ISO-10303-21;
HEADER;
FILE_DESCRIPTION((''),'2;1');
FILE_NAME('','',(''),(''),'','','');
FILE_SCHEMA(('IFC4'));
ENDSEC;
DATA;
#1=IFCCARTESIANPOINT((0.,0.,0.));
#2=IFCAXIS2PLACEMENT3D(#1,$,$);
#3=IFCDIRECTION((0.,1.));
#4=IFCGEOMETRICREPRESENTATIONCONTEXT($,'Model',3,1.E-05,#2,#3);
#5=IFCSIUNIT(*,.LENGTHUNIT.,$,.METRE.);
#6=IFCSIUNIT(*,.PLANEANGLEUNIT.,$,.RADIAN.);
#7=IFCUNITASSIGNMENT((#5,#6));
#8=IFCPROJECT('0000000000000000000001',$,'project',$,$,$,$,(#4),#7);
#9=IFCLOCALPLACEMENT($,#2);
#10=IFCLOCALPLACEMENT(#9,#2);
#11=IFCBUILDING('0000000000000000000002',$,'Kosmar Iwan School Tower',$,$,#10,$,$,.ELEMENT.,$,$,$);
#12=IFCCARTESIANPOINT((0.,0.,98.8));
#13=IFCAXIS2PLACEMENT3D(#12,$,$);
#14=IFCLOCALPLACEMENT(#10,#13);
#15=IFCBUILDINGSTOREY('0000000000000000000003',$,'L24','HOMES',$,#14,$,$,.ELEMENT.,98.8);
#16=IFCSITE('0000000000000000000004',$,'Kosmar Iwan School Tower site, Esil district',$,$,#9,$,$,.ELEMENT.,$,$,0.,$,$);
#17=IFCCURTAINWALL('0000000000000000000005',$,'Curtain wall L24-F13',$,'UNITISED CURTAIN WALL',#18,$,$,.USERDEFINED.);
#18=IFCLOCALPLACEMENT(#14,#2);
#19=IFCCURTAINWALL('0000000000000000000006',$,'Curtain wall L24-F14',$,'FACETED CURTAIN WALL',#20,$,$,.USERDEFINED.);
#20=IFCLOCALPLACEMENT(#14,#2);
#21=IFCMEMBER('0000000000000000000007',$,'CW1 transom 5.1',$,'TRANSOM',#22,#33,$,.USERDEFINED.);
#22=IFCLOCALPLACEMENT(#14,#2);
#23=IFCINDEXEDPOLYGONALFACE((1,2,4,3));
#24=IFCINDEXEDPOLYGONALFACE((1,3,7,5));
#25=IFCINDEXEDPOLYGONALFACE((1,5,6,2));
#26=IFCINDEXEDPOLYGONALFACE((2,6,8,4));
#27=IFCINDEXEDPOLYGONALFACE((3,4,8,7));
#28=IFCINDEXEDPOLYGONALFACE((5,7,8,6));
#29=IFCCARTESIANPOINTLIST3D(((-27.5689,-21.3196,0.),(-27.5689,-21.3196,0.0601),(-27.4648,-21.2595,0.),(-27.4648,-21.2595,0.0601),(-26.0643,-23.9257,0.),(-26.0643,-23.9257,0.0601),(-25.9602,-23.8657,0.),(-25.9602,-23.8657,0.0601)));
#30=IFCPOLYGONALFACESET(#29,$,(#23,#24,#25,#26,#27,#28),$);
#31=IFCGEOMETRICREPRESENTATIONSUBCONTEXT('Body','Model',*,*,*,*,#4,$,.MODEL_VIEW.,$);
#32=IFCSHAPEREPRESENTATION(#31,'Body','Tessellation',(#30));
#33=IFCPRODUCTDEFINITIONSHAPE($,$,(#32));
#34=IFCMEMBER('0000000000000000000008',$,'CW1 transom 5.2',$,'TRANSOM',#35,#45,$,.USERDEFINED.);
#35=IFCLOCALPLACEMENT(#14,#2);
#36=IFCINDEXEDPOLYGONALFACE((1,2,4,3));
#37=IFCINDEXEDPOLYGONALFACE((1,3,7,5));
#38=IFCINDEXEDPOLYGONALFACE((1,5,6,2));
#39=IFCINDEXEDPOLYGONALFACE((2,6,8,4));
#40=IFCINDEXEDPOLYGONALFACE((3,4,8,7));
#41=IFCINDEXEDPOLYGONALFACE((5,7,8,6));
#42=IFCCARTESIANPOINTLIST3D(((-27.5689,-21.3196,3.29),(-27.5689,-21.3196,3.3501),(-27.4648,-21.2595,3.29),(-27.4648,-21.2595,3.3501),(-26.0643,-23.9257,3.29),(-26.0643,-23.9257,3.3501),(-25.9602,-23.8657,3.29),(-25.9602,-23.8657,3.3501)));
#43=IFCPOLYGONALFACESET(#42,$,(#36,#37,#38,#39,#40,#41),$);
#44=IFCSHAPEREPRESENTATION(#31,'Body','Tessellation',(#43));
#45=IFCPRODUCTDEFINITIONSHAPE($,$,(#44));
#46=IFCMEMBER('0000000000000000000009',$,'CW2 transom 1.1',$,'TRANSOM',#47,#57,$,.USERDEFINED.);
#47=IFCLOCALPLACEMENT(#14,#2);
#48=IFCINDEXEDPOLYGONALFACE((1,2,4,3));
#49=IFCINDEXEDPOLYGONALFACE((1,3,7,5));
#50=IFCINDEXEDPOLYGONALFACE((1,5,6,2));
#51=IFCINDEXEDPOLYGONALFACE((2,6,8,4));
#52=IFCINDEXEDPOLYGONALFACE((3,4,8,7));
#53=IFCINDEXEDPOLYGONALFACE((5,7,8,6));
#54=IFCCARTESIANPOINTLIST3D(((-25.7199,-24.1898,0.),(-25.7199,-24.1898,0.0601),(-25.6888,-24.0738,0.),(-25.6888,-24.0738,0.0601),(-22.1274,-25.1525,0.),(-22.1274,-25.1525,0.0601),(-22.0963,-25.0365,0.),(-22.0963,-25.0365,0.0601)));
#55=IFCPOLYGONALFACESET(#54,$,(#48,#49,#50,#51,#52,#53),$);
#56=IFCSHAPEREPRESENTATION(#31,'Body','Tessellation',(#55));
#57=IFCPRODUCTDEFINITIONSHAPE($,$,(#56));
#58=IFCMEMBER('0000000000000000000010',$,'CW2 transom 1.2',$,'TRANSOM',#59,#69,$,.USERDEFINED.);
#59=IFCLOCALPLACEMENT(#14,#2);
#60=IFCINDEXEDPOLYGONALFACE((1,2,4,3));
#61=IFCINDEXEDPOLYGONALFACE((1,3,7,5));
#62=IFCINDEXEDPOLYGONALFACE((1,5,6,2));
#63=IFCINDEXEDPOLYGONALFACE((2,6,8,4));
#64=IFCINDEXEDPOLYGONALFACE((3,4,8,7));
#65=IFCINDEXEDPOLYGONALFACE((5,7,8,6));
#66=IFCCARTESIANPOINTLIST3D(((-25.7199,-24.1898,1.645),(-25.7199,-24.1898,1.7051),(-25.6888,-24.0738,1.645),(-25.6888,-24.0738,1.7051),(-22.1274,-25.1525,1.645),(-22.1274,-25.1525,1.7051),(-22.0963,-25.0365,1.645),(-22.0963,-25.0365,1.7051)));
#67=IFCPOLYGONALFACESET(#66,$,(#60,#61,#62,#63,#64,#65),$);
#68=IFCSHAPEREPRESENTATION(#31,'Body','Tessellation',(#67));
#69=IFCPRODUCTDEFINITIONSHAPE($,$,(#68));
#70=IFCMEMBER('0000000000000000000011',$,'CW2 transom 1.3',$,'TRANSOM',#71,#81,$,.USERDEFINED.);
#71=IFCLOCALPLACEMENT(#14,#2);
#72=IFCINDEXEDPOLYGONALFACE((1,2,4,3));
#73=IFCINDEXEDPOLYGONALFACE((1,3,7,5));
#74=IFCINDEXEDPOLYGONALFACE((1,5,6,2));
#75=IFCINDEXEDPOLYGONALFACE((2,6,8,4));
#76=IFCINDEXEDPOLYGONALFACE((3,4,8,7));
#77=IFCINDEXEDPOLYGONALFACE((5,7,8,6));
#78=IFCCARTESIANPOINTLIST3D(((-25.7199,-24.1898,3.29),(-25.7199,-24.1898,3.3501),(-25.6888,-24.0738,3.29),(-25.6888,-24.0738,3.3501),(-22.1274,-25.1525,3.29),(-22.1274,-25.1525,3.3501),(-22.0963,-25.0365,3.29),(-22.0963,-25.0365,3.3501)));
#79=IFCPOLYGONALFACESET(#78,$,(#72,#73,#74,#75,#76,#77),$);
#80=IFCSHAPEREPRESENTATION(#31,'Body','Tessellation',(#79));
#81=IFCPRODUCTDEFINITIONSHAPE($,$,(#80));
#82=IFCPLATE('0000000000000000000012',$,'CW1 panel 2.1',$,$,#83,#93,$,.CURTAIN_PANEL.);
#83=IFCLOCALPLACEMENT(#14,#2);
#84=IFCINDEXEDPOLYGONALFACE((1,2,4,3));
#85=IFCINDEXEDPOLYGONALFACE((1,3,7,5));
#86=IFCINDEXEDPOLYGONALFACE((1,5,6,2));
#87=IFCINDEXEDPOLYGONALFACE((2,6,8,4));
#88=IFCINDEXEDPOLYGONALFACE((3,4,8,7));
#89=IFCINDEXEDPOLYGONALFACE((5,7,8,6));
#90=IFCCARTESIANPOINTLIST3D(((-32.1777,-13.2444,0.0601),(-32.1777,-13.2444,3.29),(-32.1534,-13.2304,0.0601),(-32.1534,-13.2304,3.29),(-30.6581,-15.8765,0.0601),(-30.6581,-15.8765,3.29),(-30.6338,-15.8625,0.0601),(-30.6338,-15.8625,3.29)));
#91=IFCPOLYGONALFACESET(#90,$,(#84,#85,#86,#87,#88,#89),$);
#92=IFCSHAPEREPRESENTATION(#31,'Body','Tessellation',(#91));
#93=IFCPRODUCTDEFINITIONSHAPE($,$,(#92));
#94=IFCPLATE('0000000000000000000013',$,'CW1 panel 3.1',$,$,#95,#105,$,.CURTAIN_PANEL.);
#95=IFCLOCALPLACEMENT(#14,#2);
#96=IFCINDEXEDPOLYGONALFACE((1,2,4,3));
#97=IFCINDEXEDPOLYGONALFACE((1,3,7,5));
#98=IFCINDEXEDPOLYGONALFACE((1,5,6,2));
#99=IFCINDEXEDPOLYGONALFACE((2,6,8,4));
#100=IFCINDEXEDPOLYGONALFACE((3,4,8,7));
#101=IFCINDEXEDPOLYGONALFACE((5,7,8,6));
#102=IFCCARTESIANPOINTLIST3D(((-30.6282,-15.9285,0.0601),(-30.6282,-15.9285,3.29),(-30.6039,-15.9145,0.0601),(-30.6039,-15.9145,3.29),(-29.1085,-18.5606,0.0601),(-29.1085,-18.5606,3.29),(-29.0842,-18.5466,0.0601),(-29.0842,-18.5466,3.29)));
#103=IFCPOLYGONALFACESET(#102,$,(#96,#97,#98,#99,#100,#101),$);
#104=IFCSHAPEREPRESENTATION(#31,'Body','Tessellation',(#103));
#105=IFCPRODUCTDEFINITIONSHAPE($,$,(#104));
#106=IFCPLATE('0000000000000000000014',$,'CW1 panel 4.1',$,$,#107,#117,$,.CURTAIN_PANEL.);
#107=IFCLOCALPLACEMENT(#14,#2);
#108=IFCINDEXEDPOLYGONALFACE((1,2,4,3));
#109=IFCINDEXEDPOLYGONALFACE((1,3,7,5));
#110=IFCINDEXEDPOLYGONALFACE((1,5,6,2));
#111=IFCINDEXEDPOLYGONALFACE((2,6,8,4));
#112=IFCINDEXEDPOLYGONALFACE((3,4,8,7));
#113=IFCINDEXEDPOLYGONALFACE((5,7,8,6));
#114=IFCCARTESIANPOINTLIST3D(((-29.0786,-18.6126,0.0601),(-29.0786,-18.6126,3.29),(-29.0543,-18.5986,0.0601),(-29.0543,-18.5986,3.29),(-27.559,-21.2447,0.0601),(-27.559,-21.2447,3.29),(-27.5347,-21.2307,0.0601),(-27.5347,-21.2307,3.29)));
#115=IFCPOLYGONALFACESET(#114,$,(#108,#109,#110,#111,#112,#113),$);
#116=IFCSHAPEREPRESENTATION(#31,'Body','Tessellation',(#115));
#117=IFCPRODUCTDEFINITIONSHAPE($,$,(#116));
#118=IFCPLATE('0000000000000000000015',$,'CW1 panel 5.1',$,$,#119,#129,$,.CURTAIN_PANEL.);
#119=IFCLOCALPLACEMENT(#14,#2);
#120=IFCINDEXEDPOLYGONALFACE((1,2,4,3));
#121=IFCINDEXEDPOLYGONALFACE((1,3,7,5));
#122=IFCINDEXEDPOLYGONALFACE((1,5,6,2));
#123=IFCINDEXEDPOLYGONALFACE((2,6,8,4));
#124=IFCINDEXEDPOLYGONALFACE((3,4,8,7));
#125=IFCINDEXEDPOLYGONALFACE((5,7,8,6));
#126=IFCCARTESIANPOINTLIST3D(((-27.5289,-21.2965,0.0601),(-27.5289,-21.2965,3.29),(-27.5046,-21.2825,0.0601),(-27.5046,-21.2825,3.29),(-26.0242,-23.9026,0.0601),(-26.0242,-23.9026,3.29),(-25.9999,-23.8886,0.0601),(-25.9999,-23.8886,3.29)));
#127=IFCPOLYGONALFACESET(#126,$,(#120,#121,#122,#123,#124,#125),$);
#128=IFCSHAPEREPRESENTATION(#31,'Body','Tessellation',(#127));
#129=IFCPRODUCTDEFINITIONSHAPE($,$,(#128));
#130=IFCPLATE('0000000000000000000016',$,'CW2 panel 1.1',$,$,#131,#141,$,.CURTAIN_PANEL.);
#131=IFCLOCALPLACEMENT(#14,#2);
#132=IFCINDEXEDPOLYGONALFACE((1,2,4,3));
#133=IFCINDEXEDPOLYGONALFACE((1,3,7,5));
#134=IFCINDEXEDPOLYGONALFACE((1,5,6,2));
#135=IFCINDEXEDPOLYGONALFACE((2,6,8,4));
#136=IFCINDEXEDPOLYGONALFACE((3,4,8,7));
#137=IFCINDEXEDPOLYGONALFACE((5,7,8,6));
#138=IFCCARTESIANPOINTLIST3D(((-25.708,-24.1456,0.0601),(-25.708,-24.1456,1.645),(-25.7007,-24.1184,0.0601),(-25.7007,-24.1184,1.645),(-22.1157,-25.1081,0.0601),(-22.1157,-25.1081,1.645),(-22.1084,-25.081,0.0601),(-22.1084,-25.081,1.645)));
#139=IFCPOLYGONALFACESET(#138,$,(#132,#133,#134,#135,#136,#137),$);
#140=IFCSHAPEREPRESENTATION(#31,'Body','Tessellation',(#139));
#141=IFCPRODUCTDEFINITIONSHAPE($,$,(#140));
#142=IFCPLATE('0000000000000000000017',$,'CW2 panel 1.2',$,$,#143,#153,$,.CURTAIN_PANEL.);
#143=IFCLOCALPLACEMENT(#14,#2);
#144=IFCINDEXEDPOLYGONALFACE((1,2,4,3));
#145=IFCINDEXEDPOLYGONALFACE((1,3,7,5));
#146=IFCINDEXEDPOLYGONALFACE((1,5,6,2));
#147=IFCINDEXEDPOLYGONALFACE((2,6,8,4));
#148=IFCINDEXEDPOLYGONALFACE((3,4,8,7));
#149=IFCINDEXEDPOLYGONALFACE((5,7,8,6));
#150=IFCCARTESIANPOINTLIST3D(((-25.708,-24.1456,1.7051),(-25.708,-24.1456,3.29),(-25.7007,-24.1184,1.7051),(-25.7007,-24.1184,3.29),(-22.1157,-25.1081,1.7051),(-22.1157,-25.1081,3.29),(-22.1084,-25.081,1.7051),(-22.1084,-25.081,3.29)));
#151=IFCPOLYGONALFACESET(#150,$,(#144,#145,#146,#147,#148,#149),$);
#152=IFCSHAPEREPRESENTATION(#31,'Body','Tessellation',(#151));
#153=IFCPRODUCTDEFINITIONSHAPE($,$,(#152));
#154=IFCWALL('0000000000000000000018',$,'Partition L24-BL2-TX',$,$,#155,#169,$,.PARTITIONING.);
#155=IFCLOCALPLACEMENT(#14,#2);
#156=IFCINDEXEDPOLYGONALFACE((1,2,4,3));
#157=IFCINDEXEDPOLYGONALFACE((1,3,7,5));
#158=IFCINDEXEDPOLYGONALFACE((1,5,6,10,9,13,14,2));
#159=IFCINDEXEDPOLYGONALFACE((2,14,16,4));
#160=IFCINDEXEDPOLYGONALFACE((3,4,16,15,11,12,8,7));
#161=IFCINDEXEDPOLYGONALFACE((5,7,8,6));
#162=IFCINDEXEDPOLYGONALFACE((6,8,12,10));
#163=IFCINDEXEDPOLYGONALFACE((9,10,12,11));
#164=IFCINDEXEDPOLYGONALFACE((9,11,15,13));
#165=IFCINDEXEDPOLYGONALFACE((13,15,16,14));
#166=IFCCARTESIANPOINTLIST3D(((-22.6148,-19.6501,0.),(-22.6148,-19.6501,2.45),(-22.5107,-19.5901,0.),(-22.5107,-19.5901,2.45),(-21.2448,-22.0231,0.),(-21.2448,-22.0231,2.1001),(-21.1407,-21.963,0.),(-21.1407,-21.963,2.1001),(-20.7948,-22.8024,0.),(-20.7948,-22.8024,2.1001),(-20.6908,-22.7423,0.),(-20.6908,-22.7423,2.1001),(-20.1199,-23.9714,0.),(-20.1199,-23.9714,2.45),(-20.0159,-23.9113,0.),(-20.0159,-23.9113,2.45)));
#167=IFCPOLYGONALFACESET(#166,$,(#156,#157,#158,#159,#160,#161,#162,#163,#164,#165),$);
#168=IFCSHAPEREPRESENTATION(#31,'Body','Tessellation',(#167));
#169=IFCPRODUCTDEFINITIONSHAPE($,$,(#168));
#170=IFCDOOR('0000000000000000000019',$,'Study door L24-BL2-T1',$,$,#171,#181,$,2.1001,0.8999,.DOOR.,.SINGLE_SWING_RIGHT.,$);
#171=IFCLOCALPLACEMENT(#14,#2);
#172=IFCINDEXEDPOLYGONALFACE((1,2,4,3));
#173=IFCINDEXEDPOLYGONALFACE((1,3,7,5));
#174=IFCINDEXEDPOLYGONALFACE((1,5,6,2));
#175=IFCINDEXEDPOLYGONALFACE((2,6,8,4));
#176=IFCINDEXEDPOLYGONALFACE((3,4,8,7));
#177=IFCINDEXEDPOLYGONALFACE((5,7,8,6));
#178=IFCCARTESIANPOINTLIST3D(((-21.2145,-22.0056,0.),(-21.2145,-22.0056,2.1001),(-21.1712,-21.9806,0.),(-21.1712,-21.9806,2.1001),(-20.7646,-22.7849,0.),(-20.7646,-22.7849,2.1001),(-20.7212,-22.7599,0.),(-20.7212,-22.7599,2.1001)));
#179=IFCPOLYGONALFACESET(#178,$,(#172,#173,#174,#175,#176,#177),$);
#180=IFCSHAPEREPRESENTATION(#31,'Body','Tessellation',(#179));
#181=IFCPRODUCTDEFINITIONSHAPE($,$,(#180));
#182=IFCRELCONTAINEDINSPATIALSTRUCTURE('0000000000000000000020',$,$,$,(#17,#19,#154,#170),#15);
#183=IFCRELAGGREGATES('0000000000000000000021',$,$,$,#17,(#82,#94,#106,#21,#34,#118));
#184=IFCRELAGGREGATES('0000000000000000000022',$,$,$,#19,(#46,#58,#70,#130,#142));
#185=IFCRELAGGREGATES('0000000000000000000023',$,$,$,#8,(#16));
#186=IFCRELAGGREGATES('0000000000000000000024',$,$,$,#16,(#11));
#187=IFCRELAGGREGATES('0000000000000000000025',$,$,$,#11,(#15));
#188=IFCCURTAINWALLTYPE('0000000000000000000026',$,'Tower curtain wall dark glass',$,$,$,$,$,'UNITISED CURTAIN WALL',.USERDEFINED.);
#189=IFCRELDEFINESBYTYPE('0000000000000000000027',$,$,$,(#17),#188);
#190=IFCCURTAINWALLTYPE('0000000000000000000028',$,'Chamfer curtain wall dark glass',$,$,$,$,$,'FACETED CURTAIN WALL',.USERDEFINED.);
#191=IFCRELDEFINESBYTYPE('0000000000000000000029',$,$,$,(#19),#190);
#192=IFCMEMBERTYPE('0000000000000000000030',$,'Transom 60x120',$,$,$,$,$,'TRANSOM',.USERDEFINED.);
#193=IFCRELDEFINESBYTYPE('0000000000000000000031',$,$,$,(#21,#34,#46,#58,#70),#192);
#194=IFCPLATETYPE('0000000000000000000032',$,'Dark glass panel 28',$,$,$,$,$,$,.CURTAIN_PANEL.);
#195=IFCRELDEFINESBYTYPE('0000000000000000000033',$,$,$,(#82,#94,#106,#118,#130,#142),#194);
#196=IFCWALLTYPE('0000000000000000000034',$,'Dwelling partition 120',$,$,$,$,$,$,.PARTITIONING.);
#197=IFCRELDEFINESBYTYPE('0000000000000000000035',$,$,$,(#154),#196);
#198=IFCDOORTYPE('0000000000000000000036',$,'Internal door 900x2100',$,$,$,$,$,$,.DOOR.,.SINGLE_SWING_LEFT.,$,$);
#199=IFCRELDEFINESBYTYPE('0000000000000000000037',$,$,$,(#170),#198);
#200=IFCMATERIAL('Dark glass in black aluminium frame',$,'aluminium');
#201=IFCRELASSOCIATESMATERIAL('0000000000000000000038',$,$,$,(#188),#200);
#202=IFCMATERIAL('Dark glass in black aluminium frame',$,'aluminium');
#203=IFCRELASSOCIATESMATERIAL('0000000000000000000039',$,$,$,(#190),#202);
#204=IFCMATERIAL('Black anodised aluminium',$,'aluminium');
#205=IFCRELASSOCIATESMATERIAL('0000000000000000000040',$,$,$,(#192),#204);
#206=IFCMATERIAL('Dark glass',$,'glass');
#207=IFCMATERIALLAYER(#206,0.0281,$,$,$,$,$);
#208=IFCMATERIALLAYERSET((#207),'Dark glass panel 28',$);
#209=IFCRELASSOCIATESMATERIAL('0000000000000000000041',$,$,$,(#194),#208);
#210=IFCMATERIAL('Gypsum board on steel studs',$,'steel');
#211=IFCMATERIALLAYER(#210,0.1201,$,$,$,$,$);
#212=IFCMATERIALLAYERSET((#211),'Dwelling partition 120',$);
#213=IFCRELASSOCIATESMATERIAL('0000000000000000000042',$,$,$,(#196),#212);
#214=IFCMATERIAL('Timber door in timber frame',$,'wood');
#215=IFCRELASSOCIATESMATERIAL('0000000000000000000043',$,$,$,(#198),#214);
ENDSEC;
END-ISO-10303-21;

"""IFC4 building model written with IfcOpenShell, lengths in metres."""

from ifc_helpers import new_model, si_unit, direction, frame, frame_2d, origin, origin_2d, place, context, subcontext, project, spatial, rectangle, extrude, material, layer, layer_set, material_profile, profile_set, type_object, element, fill, aggregate, save


model = new_model("IFC4")

# Units and contexts
model_context = context("Model", 3, precision=1e-05, world=origin(), true_north=direction((0.0, 1.0)))
body_context = subcontext(model_context, "Body", "Model", "MODEL_VIEW")
ifc_project = project(units=[si_unit("LENGTHUNIT", "METRE"), si_unit("PLANEANGLEUNIT", "RADIAN")], contexts=[model_context])

# Site, building, storey
site_placement = place(None, origin())
site = spatial("IfcSite", under=ifc_project, at=site_placement, Name="Kosmar Iwan School Tower site, Esil district", CompositionType="ELEMENT", RefElevation=0.0)
building_placement = place(site_placement, origin())
building = spatial("IfcBuilding", under=site, at=building_placement, Name="Kosmar Iwan School Tower", CompositionType="ELEMENT")
storey_placement = place(building_placement, frame((0.0, 0.0, 98.8)))
storey = spatial("IfcBuildingStorey", under=building, at=storey_placement, Name="L24", Description="HOMES", CompositionType="ELEMENT", Elevation=98.8)

# Curtain wall
ifc_material_1 = material(Name="Dark glass in black aluminium frame", Category="aluminium")
curtain_wall_type_1 = type_object("IfcCurtainWallType", Name="Tower curtain wall dark glass", ElementType="UNITISED CURTAIN WALL", PredefinedType="USERDEFINED", material=ifc_material_1)
curtain_wall_1_placement = place(storey_placement, origin())
curtain_wall_1 = element("IfcCurtainWall", 1, at=curtain_wall_1_placement, inside=storey, type_object=curtain_wall_type_1, Name="Curtain wall L24-F13", ObjectType="UNITISED CURTAIN WALL", PredefinedType="USERDEFINED")

# Curtain wall
ifc_material_2 = material(Name="Dark glass in black aluminium frame", Category="aluminium")
curtain_wall_type_2 = type_object("IfcCurtainWallType", Name="Chamfer curtain wall dark glass", ElementType="FACETED CURTAIN WALL", PredefinedType="USERDEFINED", material=ifc_material_2)
curtain_wall_2_placement = place(storey_placement, origin())
curtain_wall_2 = element("IfcCurtainWall", 2, at=curtain_wall_2_placement, inside=storey, type_object=curtain_wall_type_2, Name="Curtain wall L24-F14", ObjectType="FACETED CURTAIN WALL", PredefinedType="USERDEFINED")

# Members
ifc_material_3 = material(Name="Black anodised aluminium", Category="aluminium")
ifc_material_profile_1 = material_profile(ifc_material_3, rectangle(XDim=0.1201, YDim=0.0601, at=origin_2d()), Name="TRANSOM 60x120")
ifc_profile_set_1 = profile_set([ifc_material_profile_1], Name="Black anodised aluminium")
member_type_1 = type_object("IfcMemberType", Name="Transom 60x120", ElementType="TRANSOM", PredefinedType="USERDEFINED", material=ifc_profile_set_1)
member_1_placement = place(storey_placement, frame((-27.5168, -21.2896, 0.03), z_axis=(0.499987, -0.866033, 0.0), x_axis=(0.866033, 0.499987, 0.0)))
member_1 = element("IfcMember", 3, at=member_1_placement, type_object=member_type_1, Name="CW1 transom 5.1", ObjectType="TRANSOM", PredefinedType="USERDEFINED", context=body_context, shape_type="SweptSolid", body=[
    extrude(rectangle(XDim=0.1201, YDim=0.0601, at=origin_2d()), origin(), (0.0, 0.0, 1.0), 3.0093),
])
member_2_placement = place(storey_placement, frame((-27.5168, -21.2896, 3.3201), z_axis=(0.499987, -0.866033, 0.0), x_axis=(0.866033, 0.499987, 0.0)))
member_2 = element("IfcMember", 4, at=member_2_placement, type_object=member_type_1, Name="CW1 transom 5.2", ObjectType="TRANSOM", PredefinedType="USERDEFINED", context=body_context, shape_type="SweptSolid", body=[
    extrude(rectangle(XDim=0.1201, YDim=0.0601, at=origin_2d()), origin(), (0.0, 0.0, 1.0), 3.0093),
])
member_3_placement = place(storey_placement, frame((-25.7043, -24.1318, 0.03), z_axis=(0.965924, -0.258827, 0.0), x_axis=(0.258827, 0.965924, 0.0)))
member_3 = element("IfcMember", 5, at=member_3_placement, type_object=member_type_1, Name="CW2 transom 1.1", ObjectType="TRANSOM", PredefinedType="USERDEFINED", context=body_context, shape_type="SweptSolid", body=[
    extrude(rectangle(XDim=0.1201, YDim=0.0601, at=origin_2d()), origin(), (0.0, 0.0, 1.0), 3.7192),
])
member_4_placement = place(storey_placement, frame((-25.7043, -24.1318, 1.675), z_axis=(0.965924, -0.258827, 0.0), x_axis=(0.258827, 0.965924, 0.0)))
member_4 = element("IfcMember", 6, at=member_4_placement, type_object=member_type_1, Name="CW2 transom 1.2", ObjectType="TRANSOM", PredefinedType="USERDEFINED", context=body_context, shape_type="SweptSolid", body=[
    extrude(rectangle(XDim=0.1201, YDim=0.0601, at=origin_2d()), origin(), (0.0, 0.0, 1.0), 3.7192),
])
member_5_placement = place(storey_placement, frame((-25.7043, -24.1318, 3.3201), z_axis=(0.965924, -0.258827, 0.0), x_axis=(0.258827, 0.965924, 0.0)))
member_5 = element("IfcMember", 7, at=member_5_placement, type_object=member_type_1, Name="CW2 transom 1.3", ObjectType="TRANSOM", PredefinedType="USERDEFINED", context=body_context, shape_type="SweptSolid", body=[
    extrude(rectangle(XDim=0.1201, YDim=0.0601, at=origin_2d()), origin(), (0.0, 0.0, 1.0), 3.7192),
])

# Plates
ifc_material_4 = material(Name="Dark glass", Category="glass")
ifc_layer_1 = layer(ifc_material_4, 0.0281)
ifc_layer_set_1 = layer_set([ifc_layer_1], Name="Dark glass panel 28")
plate_type = type_object("IfcPlateType", Name="Dark glass panel 28", PredefinedType="CURTAIN_PANEL", material=ifc_layer_set_1)
plate_1_placement = place(storey_placement, frame((-31.4058, -14.5535, 0.0601), z_axis=(0.0, 0.0, 1.0), x_axis=(0.5, -0.866025, 0.0)))
plate_1 = element("IfcPlate", 8, at=plate_1_placement, type_object=plate_type, Name="CW1 panel 2.1", PredefinedType="CURTAIN_PANEL", context=body_context, shape_type="SweptSolid", body=[
    extrude(rectangle(XDim=3.0393, YDim=0.0281, at=origin_2d()), origin(), (0.0, 0.0, 1.0), 3.23),
])
plate_2_placement = place(storey_placement, frame((-29.8562, -17.2375, 0.0601), z_axis=(0.0, 0.0, 1.0), x_axis=(0.5, -0.866025, 0.0)))
plate_2 = element("IfcPlate", 9, at=plate_2_placement, type_object=plate_type, Name="CW1 panel 3.1", PredefinedType="CURTAIN_PANEL", context=body_context, shape_type="SweptSolid", body=[
    extrude(rectangle(XDim=3.0393, YDim=0.0281, at=origin_2d()), origin(), (0.0, 0.0, 1.0), 3.23),
])
plate_3_placement = place(storey_placement, frame((-28.3066, -19.9216, 0.0601), z_axis=(0.0, 0.0, 1.0), x_axis=(0.5, -0.866025, 0.0)))
plate_3 = element("IfcPlate", 10, at=plate_3_placement, type_object=plate_type, Name="CW1 panel 4.1", PredefinedType="CURTAIN_PANEL", context=body_context, shape_type="SweptSolid", body=[
    extrude(rectangle(XDim=3.0393, YDim=0.0281, at=origin_2d()), origin(), (0.0, 0.0, 1.0), 3.23),
])
plate_4_placement = place(storey_placement, frame((-26.7644, -22.5925, 0.0601), z_axis=(0.0, 0.0, 1.0), x_axis=(0.5, -0.866025, 0.0)))
plate_4 = element("IfcPlate", 11, at=plate_4_placement, type_object=plate_type, Name="CW1 panel 5.1", PredefinedType="CURTAIN_PANEL", context=body_context, shape_type="SweptSolid", body=[
    extrude(rectangle(XDim=3.0093, YDim=0.0281, at=origin_2d()), origin(), (0.0, 0.0, 1.0), 3.23),
])
aggregate(curtain_wall_1, [plate_1, plate_2, plate_3, member_1, member_2, plate_4])
plate_5_placement = place(storey_placement, frame((-23.9082, -24.6133, 0.0601), z_axis=(0.0, 0.0, 1.0), x_axis=(0.965926, -0.258819, 0.0)))
plate_5 = element("IfcPlate", 12, at=plate_5_placement, type_object=plate_type, Name="CW2 panel 1.1", PredefinedType="CURTAIN_PANEL", context=body_context, shape_type="SweptSolid", body=[
    extrude(rectangle(XDim=3.719, YDim=0.0281, at=origin_2d()), origin(), (0.0, 0.0, 1.0), 1.585),
])
plate_6_placement = place(storey_placement, frame((-23.9082, -24.6133, 1.7051), z_axis=(0.0, 0.0, 1.0), x_axis=(0.965926, -0.258819, 0.0)))
plate_6 = element("IfcPlate", 13, at=plate_6_placement, type_object=plate_type, Name="CW2 panel 1.2", PredefinedType="CURTAIN_PANEL", context=body_context, shape_type="SweptSolid", body=[
    extrude(rectangle(XDim=3.719, YDim=0.0281, at=origin_2d()), origin(), (0.0, 0.0, 1.0), 1.585),
])
aggregate(curtain_wall_2, [member_3, member_4, member_5, plate_5, plate_6])

# Wall, opening, door
ifc_material_5 = material(Name="Gypsum board on steel studs", Category="steel")
ifc_layer_2 = layer(ifc_material_5, 0.1201)
ifc_layer_set_2 = layer_set([ifc_layer_2], Name="Dwelling partition 120")
wall_type_1 = type_object("IfcWallType", Name="Dwelling partition 120", PredefinedType="PARTITIONING", material=ifc_layer_set_2)
wall_1_placement = place(storey_placement, frame((-22.5627, -19.6201, 0.0), z_axis=(0.0, 0.0, 1.0), x_axis=(0.499996, -0.866028, 0.0)))
wall_1 = element("IfcWall", 14, at=wall_1_placement, inside=storey, type_object=wall_type_1, Name="Partition L24-BL2-TX", PredefinedType="PARTITIONING", context=body_context, shape_type="SweptSolid", body=[
    extrude(rectangle(XDim=4.9897, YDim=0.1201, at=frame_2d((2.4949, 0.0))), origin(), (0.0, 0.0, 1.0), 2.45),
])
opening_1_placement = place(wall_1_placement, frame((2.74, 0.0, 0.0)))
opening_1 = element("IfcOpeningElement", 15, at=opening_1_placement, cuts=wall_1, PredefinedType="OPENING", context=body_context, shape_type="SweptSolid", body=[
    extrude(rectangle(XDim=0.8999, YDim=2.1001, at=frame_2d((0.45, 1.05))), frame((0.0, 0.072, 0.0), z_axis=(0.0, -1.0, 0.0), x_axis=(1.0, 0.0, 0.0)), (0.0, 0.0, 1.0), 0.144),
])
ifc_material_6 = material(Name="Timber door in timber frame", Category="wood")
door_type_1 = type_object("IfcDoorType", Name="Internal door 900x2100", OperationType="SINGLE_SWING_LEFT", PredefinedType="DOOR", material=ifc_material_6)
door_1_placement = place(opening_1_placement, origin())
door_1 = element("IfcDoor", 16, at=door_1_placement, inside=storey, type_object=door_type_1, Name="Study door L24-BL2-T1", OperationType="SINGLE_SWING_RIGHT", OverallHeight=2.1001, OverallWidth=0.8999, PredefinedType="DOOR", context=body_context, shape_type="SweptSolid", body=[
    extrude(rectangle(XDim=0.8999, YDim=2.1001, at=frame_2d((0.45, 1.05))), frame((0.0, 0.0249, 0.0), z_axis=(0.0, -1.0, 0.0), x_axis=(1.0, 0.0, 0.0)), (0.0, 0.0, 1.0), 0.05),
])
fill(opening_1, door_1)

save(model, "model.ifc")
